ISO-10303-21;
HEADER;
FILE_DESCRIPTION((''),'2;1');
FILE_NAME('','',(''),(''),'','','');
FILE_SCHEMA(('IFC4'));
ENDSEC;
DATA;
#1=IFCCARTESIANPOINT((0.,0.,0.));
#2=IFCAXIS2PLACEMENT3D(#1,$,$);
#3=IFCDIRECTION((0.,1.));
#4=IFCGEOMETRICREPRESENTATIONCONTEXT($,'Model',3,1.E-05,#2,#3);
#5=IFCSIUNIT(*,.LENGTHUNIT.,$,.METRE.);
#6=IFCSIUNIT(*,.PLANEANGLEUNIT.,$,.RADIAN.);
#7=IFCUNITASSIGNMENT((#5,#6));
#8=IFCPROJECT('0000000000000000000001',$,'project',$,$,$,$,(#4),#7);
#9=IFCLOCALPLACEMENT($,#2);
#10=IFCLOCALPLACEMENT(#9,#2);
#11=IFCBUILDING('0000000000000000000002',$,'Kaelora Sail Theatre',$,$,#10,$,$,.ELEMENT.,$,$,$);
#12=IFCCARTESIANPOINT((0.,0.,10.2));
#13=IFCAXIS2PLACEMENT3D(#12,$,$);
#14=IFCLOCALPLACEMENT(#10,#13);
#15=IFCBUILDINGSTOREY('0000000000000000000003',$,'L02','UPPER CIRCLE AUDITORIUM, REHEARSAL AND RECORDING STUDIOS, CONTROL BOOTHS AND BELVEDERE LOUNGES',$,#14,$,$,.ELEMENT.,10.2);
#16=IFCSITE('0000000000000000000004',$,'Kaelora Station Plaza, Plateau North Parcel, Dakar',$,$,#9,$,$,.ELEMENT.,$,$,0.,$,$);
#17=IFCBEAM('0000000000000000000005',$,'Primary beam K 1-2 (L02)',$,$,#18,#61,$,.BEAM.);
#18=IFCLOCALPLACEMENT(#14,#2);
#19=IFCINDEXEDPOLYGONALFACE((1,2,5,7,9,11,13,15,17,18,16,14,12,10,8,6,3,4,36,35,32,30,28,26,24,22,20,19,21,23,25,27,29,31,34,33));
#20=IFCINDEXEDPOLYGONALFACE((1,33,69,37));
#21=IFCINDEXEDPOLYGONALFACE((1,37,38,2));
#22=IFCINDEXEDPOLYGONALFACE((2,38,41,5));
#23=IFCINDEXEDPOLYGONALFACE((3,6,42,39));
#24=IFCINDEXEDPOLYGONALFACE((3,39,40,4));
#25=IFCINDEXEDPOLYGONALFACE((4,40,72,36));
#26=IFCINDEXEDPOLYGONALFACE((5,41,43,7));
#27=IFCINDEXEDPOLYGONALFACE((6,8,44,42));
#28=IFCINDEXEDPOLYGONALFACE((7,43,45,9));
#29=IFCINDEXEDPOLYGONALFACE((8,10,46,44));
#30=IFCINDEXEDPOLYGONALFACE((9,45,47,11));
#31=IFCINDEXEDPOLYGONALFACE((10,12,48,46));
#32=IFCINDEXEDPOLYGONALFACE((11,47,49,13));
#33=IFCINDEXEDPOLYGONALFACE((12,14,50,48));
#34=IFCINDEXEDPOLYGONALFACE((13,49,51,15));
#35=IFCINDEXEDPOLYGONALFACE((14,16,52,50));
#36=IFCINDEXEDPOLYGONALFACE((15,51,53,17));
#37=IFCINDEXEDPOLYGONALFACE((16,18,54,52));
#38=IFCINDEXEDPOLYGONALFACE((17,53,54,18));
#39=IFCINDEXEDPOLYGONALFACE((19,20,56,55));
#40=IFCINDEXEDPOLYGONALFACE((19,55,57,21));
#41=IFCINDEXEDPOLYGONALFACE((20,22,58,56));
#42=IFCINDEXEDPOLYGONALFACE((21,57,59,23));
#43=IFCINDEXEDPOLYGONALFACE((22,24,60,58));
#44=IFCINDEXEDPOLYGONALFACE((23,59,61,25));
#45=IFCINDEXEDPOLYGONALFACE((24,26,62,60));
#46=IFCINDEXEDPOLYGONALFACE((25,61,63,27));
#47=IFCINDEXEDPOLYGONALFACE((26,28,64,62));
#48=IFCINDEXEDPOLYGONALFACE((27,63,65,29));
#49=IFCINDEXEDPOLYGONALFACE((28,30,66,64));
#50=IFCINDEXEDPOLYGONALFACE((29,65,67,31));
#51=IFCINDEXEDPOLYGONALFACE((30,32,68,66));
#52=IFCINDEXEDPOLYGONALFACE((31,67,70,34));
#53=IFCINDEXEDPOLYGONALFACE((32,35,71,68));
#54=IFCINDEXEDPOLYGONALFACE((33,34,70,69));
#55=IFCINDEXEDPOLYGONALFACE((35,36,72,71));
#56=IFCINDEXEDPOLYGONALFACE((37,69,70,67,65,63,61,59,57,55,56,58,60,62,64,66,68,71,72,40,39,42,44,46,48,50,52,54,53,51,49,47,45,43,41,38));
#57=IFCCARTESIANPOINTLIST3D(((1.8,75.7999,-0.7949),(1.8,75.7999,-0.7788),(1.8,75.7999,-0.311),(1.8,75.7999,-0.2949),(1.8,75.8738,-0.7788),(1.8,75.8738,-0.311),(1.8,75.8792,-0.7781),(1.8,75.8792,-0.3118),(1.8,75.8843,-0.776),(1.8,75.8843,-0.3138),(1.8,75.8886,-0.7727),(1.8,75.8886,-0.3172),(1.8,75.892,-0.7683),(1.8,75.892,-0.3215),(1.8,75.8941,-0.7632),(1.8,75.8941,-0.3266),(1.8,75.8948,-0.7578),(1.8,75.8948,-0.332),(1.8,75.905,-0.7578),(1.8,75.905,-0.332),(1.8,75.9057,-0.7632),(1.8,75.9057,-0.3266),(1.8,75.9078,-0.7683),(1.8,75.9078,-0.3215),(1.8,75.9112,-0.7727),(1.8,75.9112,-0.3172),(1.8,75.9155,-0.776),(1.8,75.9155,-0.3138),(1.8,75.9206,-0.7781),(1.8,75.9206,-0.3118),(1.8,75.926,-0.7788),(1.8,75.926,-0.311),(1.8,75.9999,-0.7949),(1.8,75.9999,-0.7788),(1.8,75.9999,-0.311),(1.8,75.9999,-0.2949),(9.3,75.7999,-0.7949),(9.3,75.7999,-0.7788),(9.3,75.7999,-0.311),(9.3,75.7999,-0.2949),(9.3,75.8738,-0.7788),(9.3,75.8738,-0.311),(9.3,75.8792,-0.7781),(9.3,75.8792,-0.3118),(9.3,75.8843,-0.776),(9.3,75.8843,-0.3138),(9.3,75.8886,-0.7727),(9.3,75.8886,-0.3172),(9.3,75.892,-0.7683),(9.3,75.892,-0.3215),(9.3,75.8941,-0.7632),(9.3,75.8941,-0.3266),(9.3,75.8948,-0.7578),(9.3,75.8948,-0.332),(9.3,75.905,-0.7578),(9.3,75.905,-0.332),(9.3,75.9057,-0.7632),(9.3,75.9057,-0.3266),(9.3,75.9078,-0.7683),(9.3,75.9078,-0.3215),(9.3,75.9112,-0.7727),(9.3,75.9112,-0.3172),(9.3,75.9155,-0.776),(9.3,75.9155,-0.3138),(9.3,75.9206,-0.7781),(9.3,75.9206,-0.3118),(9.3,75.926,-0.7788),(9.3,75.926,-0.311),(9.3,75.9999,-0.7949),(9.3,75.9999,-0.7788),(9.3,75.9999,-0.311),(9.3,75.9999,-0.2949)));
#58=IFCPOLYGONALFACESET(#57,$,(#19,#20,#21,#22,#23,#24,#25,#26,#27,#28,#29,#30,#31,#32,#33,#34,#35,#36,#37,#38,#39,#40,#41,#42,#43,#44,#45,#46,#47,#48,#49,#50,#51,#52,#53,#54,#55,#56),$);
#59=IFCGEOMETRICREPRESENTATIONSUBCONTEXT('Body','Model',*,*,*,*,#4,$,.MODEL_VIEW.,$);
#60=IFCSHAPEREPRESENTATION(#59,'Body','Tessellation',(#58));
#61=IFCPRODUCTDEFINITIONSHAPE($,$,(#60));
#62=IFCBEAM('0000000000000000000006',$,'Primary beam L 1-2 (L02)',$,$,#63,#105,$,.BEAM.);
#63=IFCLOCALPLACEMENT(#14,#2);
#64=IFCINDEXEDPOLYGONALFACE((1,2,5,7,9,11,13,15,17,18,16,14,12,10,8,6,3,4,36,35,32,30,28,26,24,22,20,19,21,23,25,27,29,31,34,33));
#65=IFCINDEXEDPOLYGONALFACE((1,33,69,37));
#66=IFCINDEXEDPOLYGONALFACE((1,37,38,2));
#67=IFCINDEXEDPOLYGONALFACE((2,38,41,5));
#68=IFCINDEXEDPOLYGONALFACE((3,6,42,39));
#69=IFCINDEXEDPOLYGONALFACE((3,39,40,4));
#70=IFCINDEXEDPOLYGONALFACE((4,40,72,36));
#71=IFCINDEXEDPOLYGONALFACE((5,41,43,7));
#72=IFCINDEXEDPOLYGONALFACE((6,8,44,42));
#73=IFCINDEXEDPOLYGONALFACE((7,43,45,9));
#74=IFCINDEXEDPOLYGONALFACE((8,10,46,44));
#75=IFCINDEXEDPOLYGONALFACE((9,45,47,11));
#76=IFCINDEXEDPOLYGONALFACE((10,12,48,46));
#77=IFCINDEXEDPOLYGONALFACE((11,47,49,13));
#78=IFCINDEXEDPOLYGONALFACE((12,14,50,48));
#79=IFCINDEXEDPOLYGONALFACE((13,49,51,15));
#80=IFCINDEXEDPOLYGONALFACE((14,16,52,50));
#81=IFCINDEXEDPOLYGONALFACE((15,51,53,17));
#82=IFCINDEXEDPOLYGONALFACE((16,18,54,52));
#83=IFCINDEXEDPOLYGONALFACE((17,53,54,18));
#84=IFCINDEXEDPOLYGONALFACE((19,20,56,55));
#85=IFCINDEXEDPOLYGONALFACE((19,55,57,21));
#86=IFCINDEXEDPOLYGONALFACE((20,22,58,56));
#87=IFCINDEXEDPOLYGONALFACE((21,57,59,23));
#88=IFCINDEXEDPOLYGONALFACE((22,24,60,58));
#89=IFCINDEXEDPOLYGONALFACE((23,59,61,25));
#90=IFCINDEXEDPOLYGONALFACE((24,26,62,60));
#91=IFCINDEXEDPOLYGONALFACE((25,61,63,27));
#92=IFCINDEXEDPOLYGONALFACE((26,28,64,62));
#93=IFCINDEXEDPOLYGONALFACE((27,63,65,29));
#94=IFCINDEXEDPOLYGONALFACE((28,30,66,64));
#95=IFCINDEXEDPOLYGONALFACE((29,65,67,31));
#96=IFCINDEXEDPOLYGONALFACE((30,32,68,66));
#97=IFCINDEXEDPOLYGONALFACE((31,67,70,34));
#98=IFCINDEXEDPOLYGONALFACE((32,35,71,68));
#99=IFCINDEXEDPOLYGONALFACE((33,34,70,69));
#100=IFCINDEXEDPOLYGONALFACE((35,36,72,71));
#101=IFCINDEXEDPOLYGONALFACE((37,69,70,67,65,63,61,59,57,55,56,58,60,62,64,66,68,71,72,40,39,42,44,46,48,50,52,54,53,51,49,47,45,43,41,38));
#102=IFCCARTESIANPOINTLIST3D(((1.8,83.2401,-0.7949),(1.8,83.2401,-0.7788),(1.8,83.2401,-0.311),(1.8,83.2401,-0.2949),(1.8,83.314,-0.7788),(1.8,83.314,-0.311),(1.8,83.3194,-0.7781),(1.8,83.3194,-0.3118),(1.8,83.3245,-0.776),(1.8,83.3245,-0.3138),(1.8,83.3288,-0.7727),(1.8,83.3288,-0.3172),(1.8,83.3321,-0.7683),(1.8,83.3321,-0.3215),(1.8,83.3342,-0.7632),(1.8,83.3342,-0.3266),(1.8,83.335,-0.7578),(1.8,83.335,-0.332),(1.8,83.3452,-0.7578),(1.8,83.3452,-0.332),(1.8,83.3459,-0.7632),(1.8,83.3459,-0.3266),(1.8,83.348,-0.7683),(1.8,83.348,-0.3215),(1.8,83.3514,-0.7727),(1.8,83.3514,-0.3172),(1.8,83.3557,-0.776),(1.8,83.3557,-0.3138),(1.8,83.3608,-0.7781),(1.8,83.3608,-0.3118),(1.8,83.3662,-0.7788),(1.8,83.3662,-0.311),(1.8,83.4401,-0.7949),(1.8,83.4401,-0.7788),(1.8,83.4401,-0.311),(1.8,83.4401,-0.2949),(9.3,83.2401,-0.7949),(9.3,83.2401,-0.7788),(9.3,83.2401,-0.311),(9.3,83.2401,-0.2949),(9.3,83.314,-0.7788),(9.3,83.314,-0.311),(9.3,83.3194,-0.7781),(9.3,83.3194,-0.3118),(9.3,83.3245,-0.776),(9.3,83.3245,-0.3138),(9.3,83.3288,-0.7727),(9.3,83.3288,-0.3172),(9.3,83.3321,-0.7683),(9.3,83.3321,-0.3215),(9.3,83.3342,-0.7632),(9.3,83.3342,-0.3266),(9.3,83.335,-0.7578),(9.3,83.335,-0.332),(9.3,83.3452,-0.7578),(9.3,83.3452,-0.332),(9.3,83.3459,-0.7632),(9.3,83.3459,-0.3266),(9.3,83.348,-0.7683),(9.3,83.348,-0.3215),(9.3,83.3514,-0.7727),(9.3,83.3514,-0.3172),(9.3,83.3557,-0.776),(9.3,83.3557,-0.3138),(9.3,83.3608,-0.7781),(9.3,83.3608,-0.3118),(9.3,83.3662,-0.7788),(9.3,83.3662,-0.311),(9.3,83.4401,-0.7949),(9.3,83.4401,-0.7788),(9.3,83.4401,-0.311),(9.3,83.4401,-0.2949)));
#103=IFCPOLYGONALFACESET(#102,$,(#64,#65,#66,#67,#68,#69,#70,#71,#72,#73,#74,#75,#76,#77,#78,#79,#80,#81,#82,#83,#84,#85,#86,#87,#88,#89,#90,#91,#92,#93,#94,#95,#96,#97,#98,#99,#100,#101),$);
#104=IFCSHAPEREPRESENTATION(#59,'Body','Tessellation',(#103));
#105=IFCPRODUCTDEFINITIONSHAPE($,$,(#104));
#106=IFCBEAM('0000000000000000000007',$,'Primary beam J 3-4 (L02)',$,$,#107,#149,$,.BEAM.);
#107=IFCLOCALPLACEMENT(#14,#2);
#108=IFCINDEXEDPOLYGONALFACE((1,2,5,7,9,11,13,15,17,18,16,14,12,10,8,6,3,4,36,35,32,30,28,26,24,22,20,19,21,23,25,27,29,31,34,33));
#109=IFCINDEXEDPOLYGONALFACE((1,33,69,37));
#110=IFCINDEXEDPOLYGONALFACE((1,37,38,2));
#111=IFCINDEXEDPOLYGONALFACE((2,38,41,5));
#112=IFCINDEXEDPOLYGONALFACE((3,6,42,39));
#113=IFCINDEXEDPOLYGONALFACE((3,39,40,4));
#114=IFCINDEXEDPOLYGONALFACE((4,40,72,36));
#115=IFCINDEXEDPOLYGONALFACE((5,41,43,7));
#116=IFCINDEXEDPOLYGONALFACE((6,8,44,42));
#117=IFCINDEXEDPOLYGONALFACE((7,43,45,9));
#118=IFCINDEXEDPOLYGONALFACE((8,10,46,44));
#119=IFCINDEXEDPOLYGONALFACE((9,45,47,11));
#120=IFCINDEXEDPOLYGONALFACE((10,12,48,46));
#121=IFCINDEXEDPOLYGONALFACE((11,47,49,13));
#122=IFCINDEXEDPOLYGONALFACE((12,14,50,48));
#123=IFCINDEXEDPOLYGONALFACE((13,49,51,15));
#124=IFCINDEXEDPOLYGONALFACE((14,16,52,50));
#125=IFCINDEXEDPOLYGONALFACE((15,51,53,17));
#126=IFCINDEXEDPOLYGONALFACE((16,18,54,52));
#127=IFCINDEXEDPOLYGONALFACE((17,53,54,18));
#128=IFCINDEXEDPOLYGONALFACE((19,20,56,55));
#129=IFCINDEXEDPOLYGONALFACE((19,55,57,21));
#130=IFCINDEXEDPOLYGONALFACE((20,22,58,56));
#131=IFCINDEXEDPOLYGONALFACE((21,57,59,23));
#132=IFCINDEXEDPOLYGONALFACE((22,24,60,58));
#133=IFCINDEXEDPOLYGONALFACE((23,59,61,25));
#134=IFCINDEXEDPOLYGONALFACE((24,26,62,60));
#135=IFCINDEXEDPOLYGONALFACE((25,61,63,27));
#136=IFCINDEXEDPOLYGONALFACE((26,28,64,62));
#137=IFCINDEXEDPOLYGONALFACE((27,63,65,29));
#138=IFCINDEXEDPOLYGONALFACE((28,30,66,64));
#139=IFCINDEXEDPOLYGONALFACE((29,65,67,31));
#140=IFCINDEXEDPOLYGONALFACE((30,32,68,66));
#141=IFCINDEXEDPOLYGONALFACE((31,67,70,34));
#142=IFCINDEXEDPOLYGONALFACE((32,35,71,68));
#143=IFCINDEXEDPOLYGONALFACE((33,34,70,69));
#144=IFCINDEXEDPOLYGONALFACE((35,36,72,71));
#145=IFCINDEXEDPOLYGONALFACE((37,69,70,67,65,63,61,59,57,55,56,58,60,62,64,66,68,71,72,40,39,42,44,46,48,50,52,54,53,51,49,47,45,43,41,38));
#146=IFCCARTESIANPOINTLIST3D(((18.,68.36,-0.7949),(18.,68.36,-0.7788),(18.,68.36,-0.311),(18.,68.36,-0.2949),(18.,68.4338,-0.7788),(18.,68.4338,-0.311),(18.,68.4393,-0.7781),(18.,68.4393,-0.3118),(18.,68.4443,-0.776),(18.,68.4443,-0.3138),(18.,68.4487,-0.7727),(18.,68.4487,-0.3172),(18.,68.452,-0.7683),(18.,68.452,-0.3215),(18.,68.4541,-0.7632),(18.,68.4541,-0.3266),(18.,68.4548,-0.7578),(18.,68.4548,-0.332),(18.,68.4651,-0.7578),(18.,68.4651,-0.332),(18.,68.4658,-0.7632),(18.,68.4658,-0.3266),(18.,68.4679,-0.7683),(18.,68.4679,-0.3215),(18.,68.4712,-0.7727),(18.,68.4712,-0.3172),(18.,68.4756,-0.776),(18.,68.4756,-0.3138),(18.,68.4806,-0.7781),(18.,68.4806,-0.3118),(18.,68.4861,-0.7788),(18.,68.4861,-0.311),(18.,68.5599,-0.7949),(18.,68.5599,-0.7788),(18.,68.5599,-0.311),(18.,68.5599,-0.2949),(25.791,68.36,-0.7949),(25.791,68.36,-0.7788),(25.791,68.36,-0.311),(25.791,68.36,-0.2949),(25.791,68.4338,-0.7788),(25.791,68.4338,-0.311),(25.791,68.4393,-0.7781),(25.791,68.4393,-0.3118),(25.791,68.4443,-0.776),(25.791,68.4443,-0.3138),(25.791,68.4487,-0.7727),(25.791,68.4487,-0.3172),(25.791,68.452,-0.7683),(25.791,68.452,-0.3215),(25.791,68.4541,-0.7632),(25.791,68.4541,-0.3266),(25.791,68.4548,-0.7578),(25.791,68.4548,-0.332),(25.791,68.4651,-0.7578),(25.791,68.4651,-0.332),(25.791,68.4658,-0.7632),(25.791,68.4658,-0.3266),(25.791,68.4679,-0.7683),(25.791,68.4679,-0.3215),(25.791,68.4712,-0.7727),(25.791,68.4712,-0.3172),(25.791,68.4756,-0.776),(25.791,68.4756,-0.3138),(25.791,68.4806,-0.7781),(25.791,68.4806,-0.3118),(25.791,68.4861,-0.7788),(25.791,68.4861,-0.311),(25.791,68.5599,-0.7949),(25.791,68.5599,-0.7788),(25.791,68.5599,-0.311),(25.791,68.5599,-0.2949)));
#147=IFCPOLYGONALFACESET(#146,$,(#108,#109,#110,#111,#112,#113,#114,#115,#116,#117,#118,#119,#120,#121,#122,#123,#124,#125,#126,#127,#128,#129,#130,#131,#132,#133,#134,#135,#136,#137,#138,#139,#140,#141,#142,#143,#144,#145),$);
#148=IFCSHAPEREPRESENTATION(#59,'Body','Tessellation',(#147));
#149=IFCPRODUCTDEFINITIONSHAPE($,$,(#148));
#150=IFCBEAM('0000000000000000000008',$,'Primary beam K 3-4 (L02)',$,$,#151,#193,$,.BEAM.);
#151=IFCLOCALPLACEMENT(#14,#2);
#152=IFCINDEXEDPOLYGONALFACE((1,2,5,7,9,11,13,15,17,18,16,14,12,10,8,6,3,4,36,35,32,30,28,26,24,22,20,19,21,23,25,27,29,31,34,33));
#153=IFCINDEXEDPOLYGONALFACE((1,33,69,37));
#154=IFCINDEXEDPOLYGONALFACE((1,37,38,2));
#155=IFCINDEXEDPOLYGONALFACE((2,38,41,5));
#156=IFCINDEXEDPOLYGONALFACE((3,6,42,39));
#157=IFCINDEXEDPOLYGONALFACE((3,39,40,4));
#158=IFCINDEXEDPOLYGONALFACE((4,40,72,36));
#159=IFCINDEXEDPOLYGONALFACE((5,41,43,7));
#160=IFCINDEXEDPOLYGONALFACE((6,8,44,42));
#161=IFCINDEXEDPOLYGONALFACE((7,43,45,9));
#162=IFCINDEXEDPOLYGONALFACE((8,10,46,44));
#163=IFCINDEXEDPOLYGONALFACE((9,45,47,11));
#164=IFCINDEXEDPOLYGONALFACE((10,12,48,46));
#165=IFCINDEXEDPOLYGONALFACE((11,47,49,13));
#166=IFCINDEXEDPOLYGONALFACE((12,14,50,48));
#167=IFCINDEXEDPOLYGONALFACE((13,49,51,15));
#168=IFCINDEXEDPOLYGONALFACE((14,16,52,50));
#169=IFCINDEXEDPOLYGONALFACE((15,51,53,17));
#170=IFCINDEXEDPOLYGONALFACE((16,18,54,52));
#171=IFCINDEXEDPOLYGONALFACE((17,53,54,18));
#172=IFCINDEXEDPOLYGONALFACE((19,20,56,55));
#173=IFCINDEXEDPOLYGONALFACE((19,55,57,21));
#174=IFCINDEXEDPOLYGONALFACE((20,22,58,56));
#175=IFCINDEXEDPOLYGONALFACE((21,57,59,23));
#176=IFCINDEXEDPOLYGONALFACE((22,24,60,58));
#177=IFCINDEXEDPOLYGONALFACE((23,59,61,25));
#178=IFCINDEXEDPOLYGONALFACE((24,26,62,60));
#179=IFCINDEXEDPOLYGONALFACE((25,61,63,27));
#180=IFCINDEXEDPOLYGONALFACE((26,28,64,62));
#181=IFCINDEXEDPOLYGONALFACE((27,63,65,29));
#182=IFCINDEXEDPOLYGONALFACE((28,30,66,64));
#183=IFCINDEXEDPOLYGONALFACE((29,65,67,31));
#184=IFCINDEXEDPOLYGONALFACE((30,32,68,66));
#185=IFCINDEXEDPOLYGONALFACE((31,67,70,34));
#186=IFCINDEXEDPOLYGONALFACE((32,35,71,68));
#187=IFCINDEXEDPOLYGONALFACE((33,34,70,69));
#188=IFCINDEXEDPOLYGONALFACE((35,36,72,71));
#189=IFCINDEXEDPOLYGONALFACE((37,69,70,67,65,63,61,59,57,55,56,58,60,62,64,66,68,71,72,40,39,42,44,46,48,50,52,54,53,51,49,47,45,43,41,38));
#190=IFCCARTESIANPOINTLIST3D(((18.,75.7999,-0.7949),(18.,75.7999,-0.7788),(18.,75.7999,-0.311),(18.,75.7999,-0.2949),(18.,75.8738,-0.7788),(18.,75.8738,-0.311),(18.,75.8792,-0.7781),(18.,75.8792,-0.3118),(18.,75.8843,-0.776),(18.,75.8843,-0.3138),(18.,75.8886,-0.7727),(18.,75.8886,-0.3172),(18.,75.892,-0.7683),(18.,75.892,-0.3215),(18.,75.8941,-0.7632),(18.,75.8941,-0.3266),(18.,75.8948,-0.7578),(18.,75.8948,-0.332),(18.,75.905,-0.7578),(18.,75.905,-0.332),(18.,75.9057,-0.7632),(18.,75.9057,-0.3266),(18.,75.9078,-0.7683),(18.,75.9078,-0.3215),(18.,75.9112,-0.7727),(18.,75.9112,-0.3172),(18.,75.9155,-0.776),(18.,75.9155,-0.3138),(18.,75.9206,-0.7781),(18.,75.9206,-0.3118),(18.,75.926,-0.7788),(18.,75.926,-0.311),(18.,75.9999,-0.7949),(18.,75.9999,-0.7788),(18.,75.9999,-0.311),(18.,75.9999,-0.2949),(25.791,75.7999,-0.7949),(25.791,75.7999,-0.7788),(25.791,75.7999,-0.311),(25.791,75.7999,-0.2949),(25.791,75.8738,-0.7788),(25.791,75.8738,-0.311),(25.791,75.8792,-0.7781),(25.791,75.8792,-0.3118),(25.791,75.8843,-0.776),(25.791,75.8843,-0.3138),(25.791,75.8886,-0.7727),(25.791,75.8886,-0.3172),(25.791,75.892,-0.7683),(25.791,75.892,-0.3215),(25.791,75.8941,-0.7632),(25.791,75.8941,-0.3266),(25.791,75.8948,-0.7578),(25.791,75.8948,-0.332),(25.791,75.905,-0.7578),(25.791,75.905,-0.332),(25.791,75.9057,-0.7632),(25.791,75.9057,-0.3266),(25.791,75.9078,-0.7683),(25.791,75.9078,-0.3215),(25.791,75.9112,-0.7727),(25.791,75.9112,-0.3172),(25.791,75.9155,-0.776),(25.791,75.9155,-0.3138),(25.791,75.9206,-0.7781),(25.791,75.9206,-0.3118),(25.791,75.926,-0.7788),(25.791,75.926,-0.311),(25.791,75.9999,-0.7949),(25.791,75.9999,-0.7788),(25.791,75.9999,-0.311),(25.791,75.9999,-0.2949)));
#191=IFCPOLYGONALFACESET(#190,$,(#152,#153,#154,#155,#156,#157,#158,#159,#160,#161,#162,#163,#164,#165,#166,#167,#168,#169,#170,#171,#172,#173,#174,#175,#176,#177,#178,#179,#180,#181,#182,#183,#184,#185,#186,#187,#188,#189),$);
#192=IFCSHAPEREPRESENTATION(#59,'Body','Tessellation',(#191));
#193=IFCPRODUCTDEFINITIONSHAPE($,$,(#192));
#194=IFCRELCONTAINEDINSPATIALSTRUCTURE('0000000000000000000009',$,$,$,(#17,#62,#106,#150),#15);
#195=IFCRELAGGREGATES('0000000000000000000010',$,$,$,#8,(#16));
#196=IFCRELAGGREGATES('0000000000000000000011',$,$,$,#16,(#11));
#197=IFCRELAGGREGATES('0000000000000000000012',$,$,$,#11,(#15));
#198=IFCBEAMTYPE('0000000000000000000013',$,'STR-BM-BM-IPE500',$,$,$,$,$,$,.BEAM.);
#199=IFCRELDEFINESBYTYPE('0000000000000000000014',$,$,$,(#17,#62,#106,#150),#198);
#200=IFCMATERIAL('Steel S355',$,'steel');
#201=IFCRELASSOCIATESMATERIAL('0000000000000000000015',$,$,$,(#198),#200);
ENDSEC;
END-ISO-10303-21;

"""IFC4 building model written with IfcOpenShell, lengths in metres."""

from ifc_helpers import new_model, si_unit, direction, frame, origin, origin_2d, place, context, subcontext, project, spatial, i_section, extrude, material, material_profile, profile_set, type_object, element, save


model = new_model("IFC4")

# Units and contexts
model_context = context("Model", 3, precision=1e-05, world=origin(), true_north=direction((0.0, 1.0)))
body_context = subcontext(model_context, "Body", "Model", "MODEL_VIEW")
ifc_project = project(units=[si_unit("LENGTHUNIT", "METRE"), si_unit("PLANEANGLEUNIT", "RADIAN")], contexts=[model_context])

# Site, building, storey
site_placement = place(None, origin())
site = spatial("IfcSite", under=ifc_project, at=site_placement, Name="Kaelora Station Plaza, Plateau North Parcel, Dakar", CompositionType="ELEMENT", RefElevation=0.0)
building_placement = place(site_placement, origin())
building = spatial("IfcBuilding", under=site, at=building_placement, Name="Kaelora Sail Theatre", CompositionType="ELEMENT")
storey_placement = place(building_placement, frame((0.0, 0.0, 10.2)))
storey = spatial("IfcBuildingStorey", under=building, at=storey_placement, Name="L02", Description="UPPER CIRCLE AUDITORIUM, REHEARSAL AND RECORDING STUDIOS, CONTROL BOOTHS AND BELVEDERE LOUNGES", CompositionType="ELEMENT", Elevation=10.2)

# Beams
ifc_material_1 = material(Name="Steel S355", Category="steel")
ifc_material_profile_1 = material_profile(ifc_material_1, i_section(OverallWidth=0.2, OverallDepth=0.5, WebThickness=0.0103, FlangeThickness=0.0161, FilletRadius=0.021, at=origin_2d()), Name="IPE 500")
ifc_profile_set_1 = profile_set([ifc_material_profile_1], Name="Steel S355")
beam_type_1 = type_object("IfcBeamType", Name="STR-BM-BM-IPE500", PredefinedType="BEAM", material=ifc_profile_set_1)
for number, where, z_axis, x_axis, name in (
    (1, (1.8, 75.8999, -0.5449), (1.0, 0.0, 0.0), (0.0, 1.0, 0.0), "Primary beam K 1-2 (L02)"),
    (2, (1.8, 83.3401, -0.5449), (1.0, 0.0, 0.0), (0.0, 1.0, 0.0), "Primary beam L 1-2 (L02)"),
):
    element("IfcBeam", number, at=place(storey_placement, frame(where, z_axis=z_axis, x_axis=x_axis)), inside=storey, type_object=beam_type_1, Name=name, PredefinedType="BEAM", context=body_context, shape_type="SweptSolid", body=[
        extrude(i_section(OverallWidth=0.2, OverallDepth=0.5, WebThickness=0.0103, FlangeThickness=0.0161, FilletRadius=0.021, at=origin_2d()), origin(), (0.0, 0.0, 1.0), 7.5),
    ])
for number, where, z_axis, x_axis, name in (
    (3, (18.0, 68.46, -0.5449), (1.0, 0.0, 0.0), (0.0, 1.0, 0.0), "Primary beam J 3-4 (L02)"),
    (4, (18.0, 75.8999, -0.5449), (1.0, 0.0, 0.0), (0.0, 1.0, 0.0), "Primary beam K 3-4 (L02)"),
):
    element("IfcBeam", number, at=place(storey_placement, frame(where, z_axis=z_axis, x_axis=x_axis)), inside=storey, type_object=beam_type_1, Name=name, PredefinedType="BEAM", context=body_context, shape_type="SweptSolid", body=[
        extrude(i_section(OverallWidth=0.2, OverallDepth=0.5, WebThickness=0.0103, FlangeThickness=0.0161, FilletRadius=0.021, at=origin_2d()), origin(), (0.0, 0.0, 1.0), 7.791),
    ])

save(model, "model.ifc")
